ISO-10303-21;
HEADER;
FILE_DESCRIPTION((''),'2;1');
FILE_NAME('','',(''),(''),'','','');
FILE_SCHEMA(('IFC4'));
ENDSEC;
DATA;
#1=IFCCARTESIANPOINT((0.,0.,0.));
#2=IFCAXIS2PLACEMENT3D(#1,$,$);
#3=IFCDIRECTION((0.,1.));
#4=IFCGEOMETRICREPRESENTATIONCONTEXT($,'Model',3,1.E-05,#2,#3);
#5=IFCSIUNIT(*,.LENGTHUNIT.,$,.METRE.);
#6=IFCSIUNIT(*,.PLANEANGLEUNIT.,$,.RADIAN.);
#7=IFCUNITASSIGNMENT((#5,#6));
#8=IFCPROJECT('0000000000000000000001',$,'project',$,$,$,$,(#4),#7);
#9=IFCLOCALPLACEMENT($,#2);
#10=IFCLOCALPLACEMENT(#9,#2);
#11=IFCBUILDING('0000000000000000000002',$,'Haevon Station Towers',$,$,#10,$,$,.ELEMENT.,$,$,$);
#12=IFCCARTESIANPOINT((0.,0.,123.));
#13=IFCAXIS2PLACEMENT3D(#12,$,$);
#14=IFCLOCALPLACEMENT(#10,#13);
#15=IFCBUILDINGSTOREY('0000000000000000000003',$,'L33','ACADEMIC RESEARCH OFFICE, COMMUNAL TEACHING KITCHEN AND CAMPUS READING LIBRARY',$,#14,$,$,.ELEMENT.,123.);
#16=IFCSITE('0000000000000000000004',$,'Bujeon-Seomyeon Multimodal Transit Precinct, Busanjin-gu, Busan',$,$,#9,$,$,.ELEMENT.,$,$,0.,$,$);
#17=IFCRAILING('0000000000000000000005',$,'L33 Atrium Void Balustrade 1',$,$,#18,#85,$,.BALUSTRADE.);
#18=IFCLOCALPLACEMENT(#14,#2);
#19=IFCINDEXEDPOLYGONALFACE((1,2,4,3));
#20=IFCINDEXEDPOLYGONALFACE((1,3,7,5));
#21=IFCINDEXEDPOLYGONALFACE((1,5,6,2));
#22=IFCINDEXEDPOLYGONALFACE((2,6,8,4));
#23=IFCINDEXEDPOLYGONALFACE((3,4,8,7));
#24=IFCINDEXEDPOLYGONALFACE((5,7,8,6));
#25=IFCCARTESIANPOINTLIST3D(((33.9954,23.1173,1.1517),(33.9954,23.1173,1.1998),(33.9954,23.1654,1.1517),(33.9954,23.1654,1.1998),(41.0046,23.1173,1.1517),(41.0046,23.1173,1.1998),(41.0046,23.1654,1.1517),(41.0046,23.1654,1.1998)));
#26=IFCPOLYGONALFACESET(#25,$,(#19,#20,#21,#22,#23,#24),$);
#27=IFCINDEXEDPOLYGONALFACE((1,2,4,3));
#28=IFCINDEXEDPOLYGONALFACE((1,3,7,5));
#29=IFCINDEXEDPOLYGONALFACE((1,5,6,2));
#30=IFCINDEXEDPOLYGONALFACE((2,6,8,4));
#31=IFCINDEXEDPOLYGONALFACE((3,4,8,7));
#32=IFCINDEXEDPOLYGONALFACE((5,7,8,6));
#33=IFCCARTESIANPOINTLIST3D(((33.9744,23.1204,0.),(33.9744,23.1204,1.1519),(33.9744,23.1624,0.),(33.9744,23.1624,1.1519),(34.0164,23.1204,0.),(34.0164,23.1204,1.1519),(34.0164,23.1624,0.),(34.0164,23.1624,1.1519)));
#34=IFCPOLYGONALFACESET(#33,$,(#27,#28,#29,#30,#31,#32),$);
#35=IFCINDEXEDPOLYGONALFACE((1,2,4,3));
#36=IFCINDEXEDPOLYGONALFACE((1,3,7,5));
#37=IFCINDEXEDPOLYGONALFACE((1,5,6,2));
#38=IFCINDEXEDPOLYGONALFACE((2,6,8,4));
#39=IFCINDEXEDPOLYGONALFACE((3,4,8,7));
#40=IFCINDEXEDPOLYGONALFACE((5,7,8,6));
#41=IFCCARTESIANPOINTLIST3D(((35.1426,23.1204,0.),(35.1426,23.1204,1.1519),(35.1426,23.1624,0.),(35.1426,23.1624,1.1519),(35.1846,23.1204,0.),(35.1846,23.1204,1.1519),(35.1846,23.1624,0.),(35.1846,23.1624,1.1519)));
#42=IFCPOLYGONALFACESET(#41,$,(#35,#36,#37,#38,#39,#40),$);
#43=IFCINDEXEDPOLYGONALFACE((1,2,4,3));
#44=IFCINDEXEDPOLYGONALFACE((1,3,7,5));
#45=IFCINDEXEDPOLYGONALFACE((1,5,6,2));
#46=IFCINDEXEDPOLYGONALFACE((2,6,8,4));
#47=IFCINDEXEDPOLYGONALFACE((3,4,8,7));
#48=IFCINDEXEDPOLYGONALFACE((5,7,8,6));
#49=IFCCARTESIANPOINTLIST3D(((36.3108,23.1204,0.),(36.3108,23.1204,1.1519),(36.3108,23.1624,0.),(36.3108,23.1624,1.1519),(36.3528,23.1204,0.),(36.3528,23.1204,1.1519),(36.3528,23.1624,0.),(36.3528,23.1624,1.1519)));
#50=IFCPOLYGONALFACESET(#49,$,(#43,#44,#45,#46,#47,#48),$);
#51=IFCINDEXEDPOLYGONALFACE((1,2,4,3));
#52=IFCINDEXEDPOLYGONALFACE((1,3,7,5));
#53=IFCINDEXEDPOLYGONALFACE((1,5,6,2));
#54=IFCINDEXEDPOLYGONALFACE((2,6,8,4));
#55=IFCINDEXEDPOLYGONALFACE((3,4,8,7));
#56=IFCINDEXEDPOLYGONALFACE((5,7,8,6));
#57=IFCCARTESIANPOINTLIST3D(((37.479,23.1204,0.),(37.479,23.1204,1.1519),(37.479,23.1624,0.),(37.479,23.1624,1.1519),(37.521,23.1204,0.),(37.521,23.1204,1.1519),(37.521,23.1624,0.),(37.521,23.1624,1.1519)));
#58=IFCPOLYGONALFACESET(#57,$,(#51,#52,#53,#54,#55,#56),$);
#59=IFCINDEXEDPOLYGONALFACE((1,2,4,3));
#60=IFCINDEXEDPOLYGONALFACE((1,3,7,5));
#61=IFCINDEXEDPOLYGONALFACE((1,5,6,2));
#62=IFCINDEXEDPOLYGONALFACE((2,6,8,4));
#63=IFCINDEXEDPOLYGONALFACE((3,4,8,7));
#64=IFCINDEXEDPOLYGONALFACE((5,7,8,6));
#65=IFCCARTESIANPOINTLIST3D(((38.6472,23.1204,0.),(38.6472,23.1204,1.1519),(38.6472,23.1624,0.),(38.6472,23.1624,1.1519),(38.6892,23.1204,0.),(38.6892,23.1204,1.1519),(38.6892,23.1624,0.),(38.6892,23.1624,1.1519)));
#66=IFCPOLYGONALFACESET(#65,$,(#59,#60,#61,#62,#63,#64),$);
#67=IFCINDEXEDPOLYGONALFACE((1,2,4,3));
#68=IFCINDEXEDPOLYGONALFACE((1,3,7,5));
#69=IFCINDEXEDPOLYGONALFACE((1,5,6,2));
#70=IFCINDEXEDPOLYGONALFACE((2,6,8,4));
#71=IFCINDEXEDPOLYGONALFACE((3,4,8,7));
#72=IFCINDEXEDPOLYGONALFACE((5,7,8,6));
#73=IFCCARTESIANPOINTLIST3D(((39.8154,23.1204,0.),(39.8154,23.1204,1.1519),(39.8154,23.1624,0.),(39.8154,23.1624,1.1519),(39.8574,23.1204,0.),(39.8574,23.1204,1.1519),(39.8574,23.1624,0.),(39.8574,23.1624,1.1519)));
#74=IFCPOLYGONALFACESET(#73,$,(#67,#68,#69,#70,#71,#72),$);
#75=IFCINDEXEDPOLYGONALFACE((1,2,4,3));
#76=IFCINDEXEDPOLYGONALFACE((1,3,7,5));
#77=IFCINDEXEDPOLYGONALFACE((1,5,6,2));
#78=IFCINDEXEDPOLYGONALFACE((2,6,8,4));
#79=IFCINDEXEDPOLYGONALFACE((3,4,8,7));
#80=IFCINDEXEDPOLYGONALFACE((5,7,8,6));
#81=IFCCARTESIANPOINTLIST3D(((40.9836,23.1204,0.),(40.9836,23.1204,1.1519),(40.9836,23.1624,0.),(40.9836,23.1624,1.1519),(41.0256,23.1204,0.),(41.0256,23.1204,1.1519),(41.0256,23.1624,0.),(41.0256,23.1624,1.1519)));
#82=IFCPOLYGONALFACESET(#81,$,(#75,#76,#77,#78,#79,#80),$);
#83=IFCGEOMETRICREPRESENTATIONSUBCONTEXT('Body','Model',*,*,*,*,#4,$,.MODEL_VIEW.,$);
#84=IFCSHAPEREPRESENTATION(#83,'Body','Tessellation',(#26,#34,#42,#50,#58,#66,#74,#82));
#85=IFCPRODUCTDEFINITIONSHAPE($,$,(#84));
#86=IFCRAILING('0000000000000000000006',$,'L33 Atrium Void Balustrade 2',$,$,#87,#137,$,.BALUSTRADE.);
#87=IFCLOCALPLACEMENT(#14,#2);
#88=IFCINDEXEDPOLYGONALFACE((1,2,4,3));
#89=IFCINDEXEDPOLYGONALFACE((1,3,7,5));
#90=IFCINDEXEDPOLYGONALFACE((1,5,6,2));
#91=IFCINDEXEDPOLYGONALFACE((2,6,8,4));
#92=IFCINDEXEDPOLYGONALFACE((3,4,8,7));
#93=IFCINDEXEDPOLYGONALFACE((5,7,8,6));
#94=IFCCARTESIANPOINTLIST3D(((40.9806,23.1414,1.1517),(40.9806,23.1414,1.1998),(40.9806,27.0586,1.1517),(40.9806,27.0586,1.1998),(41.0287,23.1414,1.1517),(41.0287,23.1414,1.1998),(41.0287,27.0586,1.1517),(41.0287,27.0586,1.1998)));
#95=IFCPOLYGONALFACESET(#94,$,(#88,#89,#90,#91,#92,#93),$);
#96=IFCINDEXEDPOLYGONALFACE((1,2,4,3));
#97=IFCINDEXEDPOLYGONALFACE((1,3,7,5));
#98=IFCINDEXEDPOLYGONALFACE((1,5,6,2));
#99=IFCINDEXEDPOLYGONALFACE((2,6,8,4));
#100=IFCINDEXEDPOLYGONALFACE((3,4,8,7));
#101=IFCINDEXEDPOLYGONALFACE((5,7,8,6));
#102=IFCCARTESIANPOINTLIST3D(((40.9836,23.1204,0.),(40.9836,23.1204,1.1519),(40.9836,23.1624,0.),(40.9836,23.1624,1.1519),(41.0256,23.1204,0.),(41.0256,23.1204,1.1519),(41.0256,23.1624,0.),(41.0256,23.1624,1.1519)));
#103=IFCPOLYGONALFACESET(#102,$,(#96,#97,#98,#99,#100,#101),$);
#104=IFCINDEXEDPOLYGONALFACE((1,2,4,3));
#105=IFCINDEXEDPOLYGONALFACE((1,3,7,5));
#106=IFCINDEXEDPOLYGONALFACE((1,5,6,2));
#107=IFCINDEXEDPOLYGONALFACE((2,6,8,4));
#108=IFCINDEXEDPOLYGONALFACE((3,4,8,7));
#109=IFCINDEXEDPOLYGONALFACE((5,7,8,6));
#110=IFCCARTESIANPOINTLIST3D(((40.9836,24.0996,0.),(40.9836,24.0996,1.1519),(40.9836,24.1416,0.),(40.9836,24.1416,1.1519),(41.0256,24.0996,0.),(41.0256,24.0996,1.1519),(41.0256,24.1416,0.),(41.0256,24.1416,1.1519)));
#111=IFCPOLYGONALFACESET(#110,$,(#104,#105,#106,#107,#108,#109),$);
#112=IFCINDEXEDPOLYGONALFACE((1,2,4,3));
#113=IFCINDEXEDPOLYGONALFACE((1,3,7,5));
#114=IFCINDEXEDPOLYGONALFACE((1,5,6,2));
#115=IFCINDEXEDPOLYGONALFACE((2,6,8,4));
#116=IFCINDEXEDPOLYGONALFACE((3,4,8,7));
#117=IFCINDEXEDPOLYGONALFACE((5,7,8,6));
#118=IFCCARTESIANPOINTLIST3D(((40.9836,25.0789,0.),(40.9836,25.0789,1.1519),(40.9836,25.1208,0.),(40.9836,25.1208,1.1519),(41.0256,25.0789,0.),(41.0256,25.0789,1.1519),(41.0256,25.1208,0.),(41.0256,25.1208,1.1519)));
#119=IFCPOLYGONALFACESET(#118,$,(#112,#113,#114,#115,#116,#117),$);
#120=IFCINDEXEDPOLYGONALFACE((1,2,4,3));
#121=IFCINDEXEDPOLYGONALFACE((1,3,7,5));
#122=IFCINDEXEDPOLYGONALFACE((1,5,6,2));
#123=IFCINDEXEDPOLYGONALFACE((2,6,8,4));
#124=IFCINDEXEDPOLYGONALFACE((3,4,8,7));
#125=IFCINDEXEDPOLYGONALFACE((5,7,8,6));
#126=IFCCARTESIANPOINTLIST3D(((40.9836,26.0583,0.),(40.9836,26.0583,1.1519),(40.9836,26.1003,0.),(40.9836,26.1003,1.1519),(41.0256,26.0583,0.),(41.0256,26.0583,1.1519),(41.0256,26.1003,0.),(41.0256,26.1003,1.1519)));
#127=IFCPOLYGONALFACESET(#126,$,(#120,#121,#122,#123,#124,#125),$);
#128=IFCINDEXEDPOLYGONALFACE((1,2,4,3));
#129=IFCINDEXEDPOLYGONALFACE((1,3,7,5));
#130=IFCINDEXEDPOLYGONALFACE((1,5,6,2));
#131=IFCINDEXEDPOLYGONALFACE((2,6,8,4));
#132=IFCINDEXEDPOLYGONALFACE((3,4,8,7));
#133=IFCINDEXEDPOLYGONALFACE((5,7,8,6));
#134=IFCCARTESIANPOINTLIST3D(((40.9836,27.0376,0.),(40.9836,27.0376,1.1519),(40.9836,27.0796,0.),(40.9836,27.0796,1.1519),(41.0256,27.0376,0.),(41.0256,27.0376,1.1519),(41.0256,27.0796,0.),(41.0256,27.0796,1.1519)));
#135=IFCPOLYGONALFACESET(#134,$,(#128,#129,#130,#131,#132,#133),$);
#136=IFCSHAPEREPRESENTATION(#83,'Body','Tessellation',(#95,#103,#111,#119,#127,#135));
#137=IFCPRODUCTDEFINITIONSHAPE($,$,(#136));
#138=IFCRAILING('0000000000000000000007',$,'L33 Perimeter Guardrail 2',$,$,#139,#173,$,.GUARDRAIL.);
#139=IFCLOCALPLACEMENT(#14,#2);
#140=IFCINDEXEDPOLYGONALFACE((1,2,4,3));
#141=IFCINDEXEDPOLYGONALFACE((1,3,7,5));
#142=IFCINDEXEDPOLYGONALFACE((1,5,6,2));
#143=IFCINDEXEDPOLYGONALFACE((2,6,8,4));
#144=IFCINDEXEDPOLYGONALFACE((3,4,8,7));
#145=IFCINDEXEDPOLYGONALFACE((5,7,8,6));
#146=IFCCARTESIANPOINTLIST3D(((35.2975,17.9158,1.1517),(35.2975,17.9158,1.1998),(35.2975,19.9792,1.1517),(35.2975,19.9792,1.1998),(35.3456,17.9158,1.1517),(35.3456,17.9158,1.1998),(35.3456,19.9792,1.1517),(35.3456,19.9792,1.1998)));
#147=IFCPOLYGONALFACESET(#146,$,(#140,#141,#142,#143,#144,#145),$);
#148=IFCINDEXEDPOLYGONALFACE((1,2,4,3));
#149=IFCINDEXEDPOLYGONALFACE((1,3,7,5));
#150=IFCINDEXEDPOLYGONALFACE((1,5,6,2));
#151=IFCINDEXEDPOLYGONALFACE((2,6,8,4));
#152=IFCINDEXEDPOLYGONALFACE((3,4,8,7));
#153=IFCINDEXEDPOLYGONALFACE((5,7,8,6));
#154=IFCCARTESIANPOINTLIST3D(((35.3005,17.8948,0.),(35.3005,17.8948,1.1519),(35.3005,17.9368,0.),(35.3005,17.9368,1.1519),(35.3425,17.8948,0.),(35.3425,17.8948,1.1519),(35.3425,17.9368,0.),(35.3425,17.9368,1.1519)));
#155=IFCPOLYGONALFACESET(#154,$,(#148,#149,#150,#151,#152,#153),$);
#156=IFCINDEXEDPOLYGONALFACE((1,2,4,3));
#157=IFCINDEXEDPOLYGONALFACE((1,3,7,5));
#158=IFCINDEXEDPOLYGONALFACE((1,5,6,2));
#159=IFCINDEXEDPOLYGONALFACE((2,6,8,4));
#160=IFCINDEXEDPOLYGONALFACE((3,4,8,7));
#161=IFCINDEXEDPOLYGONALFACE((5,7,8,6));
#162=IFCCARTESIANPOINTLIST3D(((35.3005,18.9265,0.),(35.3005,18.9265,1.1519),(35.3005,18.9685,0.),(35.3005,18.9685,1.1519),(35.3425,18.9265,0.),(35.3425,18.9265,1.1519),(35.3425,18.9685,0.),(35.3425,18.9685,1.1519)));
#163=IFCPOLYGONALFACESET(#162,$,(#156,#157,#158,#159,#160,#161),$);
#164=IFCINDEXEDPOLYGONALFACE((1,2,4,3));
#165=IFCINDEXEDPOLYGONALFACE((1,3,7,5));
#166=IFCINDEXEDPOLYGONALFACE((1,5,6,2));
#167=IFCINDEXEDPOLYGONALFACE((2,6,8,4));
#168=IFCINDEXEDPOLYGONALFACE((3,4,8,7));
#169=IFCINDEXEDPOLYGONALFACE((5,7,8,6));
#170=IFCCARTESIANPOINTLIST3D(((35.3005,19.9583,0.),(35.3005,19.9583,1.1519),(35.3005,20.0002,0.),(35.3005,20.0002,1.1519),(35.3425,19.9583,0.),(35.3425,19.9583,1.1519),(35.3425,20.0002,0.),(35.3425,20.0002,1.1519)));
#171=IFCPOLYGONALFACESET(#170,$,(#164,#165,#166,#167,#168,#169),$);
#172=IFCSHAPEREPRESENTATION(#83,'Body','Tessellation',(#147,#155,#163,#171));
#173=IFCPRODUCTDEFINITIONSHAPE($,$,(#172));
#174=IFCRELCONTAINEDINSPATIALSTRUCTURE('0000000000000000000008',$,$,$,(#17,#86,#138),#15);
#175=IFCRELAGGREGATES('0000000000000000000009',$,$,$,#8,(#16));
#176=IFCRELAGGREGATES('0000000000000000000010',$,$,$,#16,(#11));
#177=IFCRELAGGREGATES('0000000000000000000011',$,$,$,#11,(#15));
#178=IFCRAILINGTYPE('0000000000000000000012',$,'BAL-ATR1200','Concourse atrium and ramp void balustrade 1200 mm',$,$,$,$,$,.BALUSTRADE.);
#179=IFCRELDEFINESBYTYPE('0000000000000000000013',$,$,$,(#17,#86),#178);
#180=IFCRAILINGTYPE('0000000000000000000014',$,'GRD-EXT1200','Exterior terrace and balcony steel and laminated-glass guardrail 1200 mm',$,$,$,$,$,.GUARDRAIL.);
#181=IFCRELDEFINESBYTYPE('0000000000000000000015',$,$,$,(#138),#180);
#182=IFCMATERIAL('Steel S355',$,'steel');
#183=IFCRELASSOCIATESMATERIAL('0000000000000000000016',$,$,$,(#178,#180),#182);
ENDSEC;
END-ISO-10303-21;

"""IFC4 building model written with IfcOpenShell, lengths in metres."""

from ifc_helpers import new_model, si_unit, direction, frame, origin, origin_2d, place, context, subcontext, project, spatial, rectangle, extrude, material, type_object, element, save


model = new_model("IFC4")

# Units and contexts
model_context = context("Model", 3, precision=1e-05, world=origin(), true_north=direction((0.0, 1.0)))
body_context = subcontext(model_context, "Body", "Model", "MODEL_VIEW")
ifc_project = project(units=[si_unit("LENGTHUNIT", "METRE"), si_unit("PLANEANGLEUNIT", "RADIAN")], contexts=[model_context])

# Site, building, storey
site_placement = place(None, origin())
site = spatial("IfcSite", under=ifc_project, at=site_placement, Name="Bujeon-Seomyeon Multimodal Transit Precinct, Busanjin-gu, Busan", CompositionType="ELEMENT", RefElevation=0.0)
building_placement = place(site_placement, origin())
building = spatial("IfcBuilding", under=site, at=building_placement, Name="Haevon Station Towers", CompositionType="ELEMENT")
storey_placement = place(building_placement, frame((0.0, 0.0, 123.0)))
storey = spatial("IfcBuildingStorey", under=building, at=storey_placement, Name="L33", Description="ACADEMIC RESEARCH OFFICE, COMMUNAL TEACHING KITCHEN AND CAMPUS READING LIBRARY", CompositionType="ELEMENT", Elevation=123.0)

# Shared definitions
ifc_material_1 = material(Name="Steel S355", Category="steel")

# Railings
railing_type_1 = type_object("IfcRailingType", Name="BAL-ATR1200", Description="Concourse atrium and ramp void balustrade 1200 mm", PredefinedType="BALUSTRADE", material=ifc_material_1)
railing_1_placement = place(storey_placement, frame((33.9954, 23.1414, 0.0)))
element("IfcRailing", 1, at=railing_1_placement, inside=storey, type_object=railing_type_1, Name="L33 Atrium Void Balustrade 1", PredefinedType="BALUSTRADE", context=body_context, shape_type="SweptSolid", body=[
    extrude(rectangle(XDim=0.0481, YDim=0.0481, at=origin_2d()), frame((0.0, 0.0, 1.1758), z_axis=(1.0, 0.0, 0.0), x_axis=(0.0, 1.0, 0.0)), (0.0, 0.0, 1.0), 7.0093),
    extrude(rectangle(XDim=0.042, YDim=0.042, at=origin_2d()), origin(), (0.0, 0.0, 1.0), 1.1519),
    extrude(rectangle(XDim=0.042, YDim=0.042, at=origin_2d()), frame((1.1682, 0.0, 0.0)), (0.0, 0.0, 1.0), 1.1519),
    extrude(rectangle(XDim=0.042, YDim=0.042, at=origin_2d()), frame((2.3364, 0.0, 0.0)), (0.0, 0.0, 1.0), 1.1519),
    extrude(rectangle(XDim=0.042, YDim=0.042, at=origin_2d()), frame((3.5046, 0.0, 0.0)), (0.0, 0.0, 1.0), 1.1519),
    extrude(rectangle(XDim=0.042, YDim=0.042, at=origin_2d()), frame((4.6729, 0.0, 0.0)), (0.0, 0.0, 1.0), 1.1519),
    extrude(rectangle(XDim=0.042, YDim=0.042, at=origin_2d()), frame((5.8411, 0.0, 0.0)), (0.0, 0.0, 1.0), 1.1519),
    extrude(rectangle(XDim=0.042, YDim=0.042, at=origin_2d()), frame((7.0093, 0.0, 0.0)), (0.0, 0.0, 1.0), 1.1519),
])
railing_2_placement = place(storey_placement, frame((41.0046, 23.1414, 0.0)))
element("IfcRailing", 2, at=railing_2_placement, inside=storey, type_object=railing_type_1, Name="L33 Atrium Void Balustrade 2", PredefinedType="BALUSTRADE", context=body_context, shape_type="SweptSolid", body=[
    extrude(rectangle(XDim=0.0481, YDim=0.0481, at=origin_2d()), frame((0.0, 0.0, 1.1758), z_axis=(0.0, 1.0, 0.0), x_axis=(-1.0, 0.0, 0.0)), (0.0, 0.0, 1.0), 3.9172),
    extrude(rectangle(XDim=0.042, YDim=0.042, at=origin_2d()), origin(), (0.0, 0.0, 1.0), 1.1519),
    extrude(rectangle(XDim=0.042, YDim=0.042, at=origin_2d()), frame((0.0, 0.9792, 0.0)), (0.0, 0.0, 1.0), 1.1519),
    extrude(rectangle(XDim=0.042, YDim=0.042, at=origin_2d()), frame((0.0, 1.9585, 0.0)), (0.0, 0.0, 1.0), 1.1519),
    extrude(rectangle(XDim=0.042, YDim=0.042, at=origin_2d()), frame((0.0, 2.938, 0.0)), (0.0, 0.0, 1.0), 1.1519),
    extrude(rectangle(XDim=0.042, YDim=0.042, at=origin_2d()), frame((0.0, 3.9172, 0.0)), (0.0, 0.0, 1.0), 1.1519),
])
railing_type_2 = type_object("IfcRailingType", Name="GRD-EXT1200", Description="Exterior terrace and balcony steel and laminated-glass guardrail 1200 mm", PredefinedType="GUARDRAIL", material=ifc_material_1)
railing_3_placement = place(storey_placement, frame((35.3215, 17.9158, 0.0)))
element("IfcRailing", 3, at=railing_3_placement, inside=storey, type_object=railing_type_2, Name="L33 Perimeter Guardrail 2", PredefinedType="GUARDRAIL", context=body_context, shape_type="SweptSolid", body=[
    extrude(rectangle(XDim=0.0481, YDim=0.0481, at=origin_2d()), frame((0.0, 0.0, 1.1758), z_axis=(0.0, 1.0, 0.0), x_axis=(-1.0, 0.0, 0.0)), (0.0, 0.0, 1.0), 2.0635),
    extrude(rectangle(XDim=0.042, YDim=0.042, at=origin_2d()), origin(), (0.0, 0.0, 1.0), 1.1519),
    extrude(rectangle(XDim=0.042, YDim=0.042, at=origin_2d()), frame((0.0, 1.0317, 0.0)), (0.0, 0.0, 1.0), 1.1519),
    extrude(rectangle(XDim=0.042, YDim=0.042, at=origin_2d()), frame((0.0, 2.0635, 0.0)), (0.0, 0.0, 1.0), 1.1519),
])

save(model, "model.ifc")
